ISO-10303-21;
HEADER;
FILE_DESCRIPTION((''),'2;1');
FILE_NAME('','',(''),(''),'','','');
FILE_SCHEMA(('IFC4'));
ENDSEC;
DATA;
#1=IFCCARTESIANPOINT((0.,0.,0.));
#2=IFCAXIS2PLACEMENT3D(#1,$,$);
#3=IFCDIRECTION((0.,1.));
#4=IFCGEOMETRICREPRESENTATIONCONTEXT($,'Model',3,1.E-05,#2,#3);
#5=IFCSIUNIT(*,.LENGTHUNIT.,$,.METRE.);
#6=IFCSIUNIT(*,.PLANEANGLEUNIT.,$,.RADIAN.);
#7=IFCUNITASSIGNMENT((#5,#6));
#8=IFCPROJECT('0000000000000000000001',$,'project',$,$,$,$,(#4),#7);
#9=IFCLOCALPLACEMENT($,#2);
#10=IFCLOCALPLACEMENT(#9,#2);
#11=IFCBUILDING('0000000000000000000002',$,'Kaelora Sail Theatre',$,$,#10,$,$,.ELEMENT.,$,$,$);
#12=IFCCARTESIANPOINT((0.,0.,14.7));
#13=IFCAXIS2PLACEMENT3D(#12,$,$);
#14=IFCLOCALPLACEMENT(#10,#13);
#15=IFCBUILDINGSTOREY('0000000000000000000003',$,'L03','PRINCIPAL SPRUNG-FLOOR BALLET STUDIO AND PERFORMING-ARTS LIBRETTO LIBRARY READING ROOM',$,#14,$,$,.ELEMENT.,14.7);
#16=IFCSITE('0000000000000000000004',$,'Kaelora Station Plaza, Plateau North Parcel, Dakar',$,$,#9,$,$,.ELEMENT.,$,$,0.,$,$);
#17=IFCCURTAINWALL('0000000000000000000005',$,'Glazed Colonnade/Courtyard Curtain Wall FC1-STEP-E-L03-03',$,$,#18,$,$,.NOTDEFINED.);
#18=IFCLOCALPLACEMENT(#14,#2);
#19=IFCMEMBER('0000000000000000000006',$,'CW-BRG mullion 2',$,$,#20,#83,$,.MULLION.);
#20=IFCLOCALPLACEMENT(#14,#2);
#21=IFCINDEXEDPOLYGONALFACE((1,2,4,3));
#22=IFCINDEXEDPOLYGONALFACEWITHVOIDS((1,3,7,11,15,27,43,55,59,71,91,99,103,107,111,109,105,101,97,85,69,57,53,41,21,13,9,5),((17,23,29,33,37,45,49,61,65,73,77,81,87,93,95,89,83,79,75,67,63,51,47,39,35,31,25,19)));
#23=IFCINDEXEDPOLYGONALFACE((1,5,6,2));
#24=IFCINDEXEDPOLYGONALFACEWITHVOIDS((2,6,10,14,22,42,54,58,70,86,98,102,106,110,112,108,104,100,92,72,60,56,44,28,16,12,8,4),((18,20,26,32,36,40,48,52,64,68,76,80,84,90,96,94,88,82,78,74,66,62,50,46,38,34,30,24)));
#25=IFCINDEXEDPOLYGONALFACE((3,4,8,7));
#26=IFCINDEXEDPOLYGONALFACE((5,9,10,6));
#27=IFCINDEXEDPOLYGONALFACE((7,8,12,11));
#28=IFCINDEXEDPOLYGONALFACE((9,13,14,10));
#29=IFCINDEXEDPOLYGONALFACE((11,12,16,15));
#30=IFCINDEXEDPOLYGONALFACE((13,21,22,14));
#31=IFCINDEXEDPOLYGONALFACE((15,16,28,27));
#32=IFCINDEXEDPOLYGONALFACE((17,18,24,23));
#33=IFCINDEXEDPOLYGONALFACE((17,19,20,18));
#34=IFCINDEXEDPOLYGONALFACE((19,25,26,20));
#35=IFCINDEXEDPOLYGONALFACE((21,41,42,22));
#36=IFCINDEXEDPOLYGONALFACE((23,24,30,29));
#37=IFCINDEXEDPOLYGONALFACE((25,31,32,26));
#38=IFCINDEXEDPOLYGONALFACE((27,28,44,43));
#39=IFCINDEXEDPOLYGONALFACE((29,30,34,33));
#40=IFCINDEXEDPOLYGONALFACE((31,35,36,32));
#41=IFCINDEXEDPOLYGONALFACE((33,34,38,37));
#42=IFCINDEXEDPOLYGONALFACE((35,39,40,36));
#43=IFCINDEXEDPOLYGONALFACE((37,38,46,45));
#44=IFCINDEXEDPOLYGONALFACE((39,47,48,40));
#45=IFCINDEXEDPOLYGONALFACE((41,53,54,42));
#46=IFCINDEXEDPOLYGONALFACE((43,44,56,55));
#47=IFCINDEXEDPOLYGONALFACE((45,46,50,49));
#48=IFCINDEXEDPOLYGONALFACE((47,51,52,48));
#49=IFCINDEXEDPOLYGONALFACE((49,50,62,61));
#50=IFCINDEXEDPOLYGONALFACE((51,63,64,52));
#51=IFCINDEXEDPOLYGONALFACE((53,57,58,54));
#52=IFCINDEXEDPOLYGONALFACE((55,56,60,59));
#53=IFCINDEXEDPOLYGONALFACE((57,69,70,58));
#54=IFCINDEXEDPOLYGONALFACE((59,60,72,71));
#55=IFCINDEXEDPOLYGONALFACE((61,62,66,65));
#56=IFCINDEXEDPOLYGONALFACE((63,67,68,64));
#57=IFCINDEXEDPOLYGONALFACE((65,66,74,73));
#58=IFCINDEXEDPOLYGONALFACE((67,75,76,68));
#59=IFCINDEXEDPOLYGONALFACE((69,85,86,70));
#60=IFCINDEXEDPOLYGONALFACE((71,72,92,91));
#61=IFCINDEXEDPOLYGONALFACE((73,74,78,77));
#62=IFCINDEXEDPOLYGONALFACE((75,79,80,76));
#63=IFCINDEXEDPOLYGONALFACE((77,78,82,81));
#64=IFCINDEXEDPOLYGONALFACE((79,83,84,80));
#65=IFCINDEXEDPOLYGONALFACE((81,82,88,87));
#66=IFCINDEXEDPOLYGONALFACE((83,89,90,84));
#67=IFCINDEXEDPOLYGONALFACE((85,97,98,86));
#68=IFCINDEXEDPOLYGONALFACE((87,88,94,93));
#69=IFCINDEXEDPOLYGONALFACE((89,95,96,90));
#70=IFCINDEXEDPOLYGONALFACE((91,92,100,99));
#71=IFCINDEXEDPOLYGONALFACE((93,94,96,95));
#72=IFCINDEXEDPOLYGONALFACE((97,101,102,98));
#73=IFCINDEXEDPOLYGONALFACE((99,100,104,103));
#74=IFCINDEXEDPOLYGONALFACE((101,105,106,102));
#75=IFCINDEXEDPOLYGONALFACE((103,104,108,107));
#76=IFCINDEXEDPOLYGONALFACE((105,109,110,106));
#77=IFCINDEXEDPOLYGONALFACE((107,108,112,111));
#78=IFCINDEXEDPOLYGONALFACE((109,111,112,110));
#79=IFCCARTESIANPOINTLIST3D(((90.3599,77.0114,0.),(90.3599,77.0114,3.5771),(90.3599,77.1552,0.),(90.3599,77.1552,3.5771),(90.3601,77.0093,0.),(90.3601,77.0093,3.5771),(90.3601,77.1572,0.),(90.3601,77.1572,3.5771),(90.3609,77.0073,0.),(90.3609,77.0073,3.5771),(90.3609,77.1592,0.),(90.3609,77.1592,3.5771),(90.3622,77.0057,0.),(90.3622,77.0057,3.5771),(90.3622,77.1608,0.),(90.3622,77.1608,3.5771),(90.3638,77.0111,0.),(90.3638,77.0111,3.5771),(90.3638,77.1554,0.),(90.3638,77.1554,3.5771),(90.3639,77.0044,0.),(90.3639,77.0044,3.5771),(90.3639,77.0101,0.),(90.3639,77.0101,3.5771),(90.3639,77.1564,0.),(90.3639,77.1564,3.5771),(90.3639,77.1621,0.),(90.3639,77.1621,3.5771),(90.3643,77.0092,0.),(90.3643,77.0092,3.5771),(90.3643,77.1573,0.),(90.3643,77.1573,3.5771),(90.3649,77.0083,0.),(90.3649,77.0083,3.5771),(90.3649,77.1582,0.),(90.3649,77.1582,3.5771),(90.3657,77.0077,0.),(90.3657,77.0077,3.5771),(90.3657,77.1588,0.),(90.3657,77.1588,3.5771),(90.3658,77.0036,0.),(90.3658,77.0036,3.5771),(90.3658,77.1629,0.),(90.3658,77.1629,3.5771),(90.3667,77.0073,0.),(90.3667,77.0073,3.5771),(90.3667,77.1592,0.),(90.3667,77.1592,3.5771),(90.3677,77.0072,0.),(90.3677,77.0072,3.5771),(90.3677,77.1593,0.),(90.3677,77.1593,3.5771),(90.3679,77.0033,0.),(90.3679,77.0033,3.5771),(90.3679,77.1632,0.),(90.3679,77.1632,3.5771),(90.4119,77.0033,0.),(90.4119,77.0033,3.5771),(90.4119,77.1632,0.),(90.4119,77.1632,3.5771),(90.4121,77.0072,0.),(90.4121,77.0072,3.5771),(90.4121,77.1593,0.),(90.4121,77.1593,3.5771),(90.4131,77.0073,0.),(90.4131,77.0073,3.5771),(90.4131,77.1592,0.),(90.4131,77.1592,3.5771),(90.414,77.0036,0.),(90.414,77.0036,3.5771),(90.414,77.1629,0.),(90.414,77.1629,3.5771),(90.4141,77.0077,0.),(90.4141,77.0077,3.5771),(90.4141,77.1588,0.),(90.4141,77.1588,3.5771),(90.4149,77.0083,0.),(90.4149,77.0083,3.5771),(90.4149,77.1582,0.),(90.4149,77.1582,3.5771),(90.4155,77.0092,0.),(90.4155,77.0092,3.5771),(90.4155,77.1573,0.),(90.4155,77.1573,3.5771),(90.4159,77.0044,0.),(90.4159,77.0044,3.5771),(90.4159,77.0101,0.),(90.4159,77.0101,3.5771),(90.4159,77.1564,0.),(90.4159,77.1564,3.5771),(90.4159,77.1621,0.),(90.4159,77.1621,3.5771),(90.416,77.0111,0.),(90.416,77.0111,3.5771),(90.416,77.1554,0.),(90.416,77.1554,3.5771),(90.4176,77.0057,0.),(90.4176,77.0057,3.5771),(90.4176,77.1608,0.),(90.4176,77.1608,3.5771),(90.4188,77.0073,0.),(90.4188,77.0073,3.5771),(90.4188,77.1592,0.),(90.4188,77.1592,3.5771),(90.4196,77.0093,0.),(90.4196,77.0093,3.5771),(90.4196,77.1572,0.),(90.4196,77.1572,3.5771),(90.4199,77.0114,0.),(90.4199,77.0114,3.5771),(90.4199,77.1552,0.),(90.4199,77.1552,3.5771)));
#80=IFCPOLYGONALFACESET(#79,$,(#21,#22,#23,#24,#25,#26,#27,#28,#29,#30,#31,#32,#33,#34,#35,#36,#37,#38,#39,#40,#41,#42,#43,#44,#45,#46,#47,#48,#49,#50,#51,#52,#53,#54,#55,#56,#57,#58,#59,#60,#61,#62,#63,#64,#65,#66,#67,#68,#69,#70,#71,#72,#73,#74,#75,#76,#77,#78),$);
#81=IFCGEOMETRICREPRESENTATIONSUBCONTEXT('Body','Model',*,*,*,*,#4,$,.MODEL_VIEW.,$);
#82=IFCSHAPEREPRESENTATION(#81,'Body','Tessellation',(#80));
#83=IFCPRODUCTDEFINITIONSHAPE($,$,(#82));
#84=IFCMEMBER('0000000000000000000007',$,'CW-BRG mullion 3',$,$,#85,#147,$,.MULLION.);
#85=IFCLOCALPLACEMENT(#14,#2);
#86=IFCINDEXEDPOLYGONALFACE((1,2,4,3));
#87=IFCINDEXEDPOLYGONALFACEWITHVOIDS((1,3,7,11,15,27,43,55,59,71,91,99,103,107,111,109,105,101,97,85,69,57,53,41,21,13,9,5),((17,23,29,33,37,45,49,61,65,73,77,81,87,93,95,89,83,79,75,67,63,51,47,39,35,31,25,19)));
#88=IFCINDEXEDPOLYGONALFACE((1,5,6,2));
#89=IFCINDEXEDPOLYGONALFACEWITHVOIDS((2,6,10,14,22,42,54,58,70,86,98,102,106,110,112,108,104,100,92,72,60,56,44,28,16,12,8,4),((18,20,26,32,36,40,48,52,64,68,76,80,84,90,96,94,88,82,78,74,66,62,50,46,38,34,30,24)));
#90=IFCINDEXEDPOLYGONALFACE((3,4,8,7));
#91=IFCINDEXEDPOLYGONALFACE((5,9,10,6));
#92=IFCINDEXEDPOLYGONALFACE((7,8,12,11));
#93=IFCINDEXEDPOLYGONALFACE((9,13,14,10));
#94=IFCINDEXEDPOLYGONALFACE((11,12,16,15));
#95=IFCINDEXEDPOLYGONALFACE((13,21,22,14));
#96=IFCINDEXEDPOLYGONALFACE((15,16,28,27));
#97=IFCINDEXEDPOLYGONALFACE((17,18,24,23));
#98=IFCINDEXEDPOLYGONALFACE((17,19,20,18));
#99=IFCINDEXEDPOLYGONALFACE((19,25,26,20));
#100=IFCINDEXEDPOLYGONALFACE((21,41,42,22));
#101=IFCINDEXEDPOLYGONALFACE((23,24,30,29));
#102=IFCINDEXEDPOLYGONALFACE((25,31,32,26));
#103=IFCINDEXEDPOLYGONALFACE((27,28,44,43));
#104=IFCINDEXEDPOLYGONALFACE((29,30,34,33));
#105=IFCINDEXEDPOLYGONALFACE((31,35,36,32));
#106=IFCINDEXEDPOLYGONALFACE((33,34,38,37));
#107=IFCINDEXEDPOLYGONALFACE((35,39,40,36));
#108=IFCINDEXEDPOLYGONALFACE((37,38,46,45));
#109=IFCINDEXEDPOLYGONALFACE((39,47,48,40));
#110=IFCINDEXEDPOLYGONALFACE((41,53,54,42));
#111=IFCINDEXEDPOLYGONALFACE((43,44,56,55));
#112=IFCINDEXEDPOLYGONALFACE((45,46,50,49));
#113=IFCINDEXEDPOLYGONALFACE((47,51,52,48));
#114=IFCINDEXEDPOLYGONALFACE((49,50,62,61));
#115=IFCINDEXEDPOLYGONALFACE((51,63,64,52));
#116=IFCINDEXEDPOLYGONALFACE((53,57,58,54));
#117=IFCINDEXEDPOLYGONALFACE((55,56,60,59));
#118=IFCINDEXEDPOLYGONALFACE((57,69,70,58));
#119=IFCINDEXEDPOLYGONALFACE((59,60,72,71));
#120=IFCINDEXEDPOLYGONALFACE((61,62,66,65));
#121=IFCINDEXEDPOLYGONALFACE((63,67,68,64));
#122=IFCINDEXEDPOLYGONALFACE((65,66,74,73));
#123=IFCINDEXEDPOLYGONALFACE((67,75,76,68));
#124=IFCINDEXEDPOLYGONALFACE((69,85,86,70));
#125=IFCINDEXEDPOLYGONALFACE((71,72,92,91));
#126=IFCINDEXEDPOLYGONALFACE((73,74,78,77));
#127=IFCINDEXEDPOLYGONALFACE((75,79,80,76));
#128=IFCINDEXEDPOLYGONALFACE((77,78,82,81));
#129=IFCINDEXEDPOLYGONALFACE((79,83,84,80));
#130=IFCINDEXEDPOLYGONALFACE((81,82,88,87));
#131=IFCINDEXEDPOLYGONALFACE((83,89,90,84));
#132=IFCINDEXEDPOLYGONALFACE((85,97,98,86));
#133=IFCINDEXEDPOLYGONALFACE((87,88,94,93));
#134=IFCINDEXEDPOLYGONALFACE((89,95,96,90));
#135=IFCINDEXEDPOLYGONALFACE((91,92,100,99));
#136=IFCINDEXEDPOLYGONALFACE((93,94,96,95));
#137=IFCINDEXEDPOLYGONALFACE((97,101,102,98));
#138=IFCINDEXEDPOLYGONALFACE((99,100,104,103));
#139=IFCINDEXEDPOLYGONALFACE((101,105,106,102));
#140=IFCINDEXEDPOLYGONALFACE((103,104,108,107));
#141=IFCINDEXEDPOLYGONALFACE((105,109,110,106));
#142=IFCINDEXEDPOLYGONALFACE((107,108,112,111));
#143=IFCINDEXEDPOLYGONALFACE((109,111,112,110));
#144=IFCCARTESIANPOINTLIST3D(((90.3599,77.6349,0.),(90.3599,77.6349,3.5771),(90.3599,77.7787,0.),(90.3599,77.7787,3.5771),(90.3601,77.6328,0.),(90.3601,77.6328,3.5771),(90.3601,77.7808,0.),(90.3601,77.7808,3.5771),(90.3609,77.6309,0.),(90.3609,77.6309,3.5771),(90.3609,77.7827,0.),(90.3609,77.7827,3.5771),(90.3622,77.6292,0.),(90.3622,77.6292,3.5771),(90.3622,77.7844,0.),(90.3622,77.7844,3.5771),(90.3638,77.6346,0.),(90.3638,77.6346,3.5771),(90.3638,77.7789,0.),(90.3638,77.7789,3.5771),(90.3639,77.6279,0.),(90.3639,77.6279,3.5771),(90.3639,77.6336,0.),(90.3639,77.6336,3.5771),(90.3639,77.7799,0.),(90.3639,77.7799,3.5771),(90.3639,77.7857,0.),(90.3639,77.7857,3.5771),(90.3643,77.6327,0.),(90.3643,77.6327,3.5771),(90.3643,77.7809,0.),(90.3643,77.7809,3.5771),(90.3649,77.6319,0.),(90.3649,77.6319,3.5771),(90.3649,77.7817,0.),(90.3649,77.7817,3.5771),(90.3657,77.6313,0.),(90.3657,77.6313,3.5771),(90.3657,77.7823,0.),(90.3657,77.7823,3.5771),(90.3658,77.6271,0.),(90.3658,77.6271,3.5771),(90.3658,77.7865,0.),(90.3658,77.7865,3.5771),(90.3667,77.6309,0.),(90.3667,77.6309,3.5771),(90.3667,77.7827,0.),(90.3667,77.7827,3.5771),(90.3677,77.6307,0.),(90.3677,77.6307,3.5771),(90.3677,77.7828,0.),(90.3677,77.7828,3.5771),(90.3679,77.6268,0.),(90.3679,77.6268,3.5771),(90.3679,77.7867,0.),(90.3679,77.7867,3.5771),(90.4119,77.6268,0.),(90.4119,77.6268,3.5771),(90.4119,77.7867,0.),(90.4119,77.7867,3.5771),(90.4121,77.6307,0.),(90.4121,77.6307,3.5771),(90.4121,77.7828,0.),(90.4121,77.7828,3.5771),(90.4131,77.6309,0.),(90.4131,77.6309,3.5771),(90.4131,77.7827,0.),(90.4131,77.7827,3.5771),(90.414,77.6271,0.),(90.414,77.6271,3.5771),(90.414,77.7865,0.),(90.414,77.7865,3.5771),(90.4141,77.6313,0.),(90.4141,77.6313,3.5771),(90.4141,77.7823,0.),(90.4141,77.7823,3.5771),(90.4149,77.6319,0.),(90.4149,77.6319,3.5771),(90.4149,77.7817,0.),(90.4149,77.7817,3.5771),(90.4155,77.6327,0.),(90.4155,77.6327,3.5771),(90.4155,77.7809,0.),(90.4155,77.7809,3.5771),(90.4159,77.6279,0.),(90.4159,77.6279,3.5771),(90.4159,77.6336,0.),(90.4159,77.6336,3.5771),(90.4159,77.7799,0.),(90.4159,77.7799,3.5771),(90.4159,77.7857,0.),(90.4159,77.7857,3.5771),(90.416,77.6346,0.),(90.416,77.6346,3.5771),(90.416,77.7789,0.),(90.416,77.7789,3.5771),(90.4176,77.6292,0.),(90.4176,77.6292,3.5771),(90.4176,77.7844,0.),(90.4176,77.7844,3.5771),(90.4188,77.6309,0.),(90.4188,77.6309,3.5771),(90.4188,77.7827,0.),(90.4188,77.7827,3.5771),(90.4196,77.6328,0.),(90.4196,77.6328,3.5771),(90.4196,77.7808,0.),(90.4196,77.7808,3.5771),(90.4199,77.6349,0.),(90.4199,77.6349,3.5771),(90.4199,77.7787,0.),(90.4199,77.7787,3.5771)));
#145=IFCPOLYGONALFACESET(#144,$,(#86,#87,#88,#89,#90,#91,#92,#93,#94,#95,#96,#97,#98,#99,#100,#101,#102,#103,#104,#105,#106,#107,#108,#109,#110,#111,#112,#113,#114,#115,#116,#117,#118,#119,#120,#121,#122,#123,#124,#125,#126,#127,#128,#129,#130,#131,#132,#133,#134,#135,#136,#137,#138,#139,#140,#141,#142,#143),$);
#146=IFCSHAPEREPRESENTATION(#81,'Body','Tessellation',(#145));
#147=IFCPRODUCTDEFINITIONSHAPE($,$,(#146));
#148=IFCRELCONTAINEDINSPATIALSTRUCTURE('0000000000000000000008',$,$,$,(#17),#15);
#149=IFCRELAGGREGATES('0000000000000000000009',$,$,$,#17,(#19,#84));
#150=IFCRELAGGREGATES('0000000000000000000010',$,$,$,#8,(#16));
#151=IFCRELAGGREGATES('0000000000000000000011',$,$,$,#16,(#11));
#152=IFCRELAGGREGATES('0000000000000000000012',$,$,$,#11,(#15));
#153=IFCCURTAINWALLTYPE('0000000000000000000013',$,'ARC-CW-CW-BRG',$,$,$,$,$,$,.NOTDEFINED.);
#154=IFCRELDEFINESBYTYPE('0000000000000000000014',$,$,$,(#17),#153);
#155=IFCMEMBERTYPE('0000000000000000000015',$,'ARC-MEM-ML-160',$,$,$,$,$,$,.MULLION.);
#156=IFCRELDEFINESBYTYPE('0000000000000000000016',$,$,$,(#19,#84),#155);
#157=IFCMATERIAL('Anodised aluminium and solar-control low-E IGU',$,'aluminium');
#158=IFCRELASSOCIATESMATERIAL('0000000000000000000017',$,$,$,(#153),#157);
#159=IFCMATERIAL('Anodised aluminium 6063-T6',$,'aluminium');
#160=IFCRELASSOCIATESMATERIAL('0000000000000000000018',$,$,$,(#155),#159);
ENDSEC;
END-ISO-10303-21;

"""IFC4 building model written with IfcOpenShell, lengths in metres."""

from ifc_helpers import new_model, si_unit, direction, frame, origin, origin_2d, place, context, subcontext, project, spatial, hollow_rectangle, extrude, material, material_profile, profile_set, type_object, element, aggregate, save


model = new_model("IFC4")

# Units and contexts
model_context = context("Model", 3, precision=1e-05, world=origin(), true_north=direction((0.0, 1.0)))
body_context = subcontext(model_context, "Body", "Model", "MODEL_VIEW")
ifc_project = project(units=[si_unit("LENGTHUNIT", "METRE"), si_unit("PLANEANGLEUNIT", "RADIAN")], contexts=[model_context])

# Site, building, storey
site_placement = place(None, origin())
site = spatial("IfcSite", under=ifc_project, at=site_placement, Name="Kaelora Station Plaza, Plateau North Parcel, Dakar", CompositionType="ELEMENT", RefElevation=0.0)
building_placement = place(site_placement, origin())
building = spatial("IfcBuilding", under=site, at=building_placement, Name="Kaelora Sail Theatre", CompositionType="ELEMENT")
storey_placement = place(building_placement, frame((0.0, 0.0, 14.7)))
storey = spatial("IfcBuildingStorey", under=building, at=storey_placement, Name="L03", Description="PRINCIPAL SPRUNG-FLOOR BALLET STUDIO AND PERFORMING-ARTS LIBRETTO LIBRARY READING ROOM", CompositionType="ELEMENT", Elevation=14.7)

# Curtain wall, members
ifc_material_1 = material(Name="Anodised aluminium and solar-control low-E IGU", Category="aluminium")
curtain_wall_type = type_object("IfcCurtainWallType", Name="ARC-CW-CW-BRG", PredefinedType="NOTDEFINED", material=ifc_material_1)
curtain_wall_placement = place(storey_placement, origin())
curtain_wall = element("IfcCurtainWall", 1, at=curtain_wall_placement, inside=storey, type_object=curtain_wall_type, Name="Glazed Colonnade/Courtyard Curtain Wall FC1-STEP-E-L03-03", PredefinedType="NOTDEFINED")
ifc_material_2 = material(Name="Anodised aluminium 6063-T6", Category="aluminium")
ifc_material_profile_1 = material_profile(ifc_material_2, hollow_rectangle(XDim=0.0601, YDim=0.1599, WallThickness=0.0039, InnerFilletRadius=0.0039, OuterFilletRadius=0.0081, at=origin_2d()), Name="ALU-MULL 60x160x4")
ifc_profile_set_1 = profile_set([ifc_material_profile_1], Name="Anodised aluminium 6063-T6")
member_type_1 = type_object("IfcMemberType", Name="ARC-MEM-ML-160", PredefinedType="MULLION", material=ifc_profile_set_1)
member_1_placement = place(storey_placement, frame((90.3899, 77.0833, 0.0), z_axis=(0.0, 0.0, 1.0), x_axis=(-1.0, 0.0, 0.0)))
member_1 = element("IfcMember", 2, at=member_1_placement, type_object=member_type_1, Name="CW-BRG mullion 2", PredefinedType="MULLION", context=body_context, shape_type="SweptSolid", body=[
    extrude(hollow_rectangle(XDim=0.0601, YDim=0.1599, WallThickness=0.0039, InnerFilletRadius=0.0039, OuterFilletRadius=0.0081, at=origin_2d()), origin(), (0.0, 0.0, 1.0), 3.5771),
])
member_2_placement = place(storey_placement, frame((90.3899, 77.7068, 0.0), z_axis=(0.0, 0.0, 1.0), x_axis=(-1.0, 0.0, 0.0)))
member_2 = element("IfcMember", 3, at=member_2_placement, type_object=member_type_1, Name="CW-BRG mullion 3", PredefinedType="MULLION", context=body_context, shape_type="SweptSolid", body=[
    extrude(hollow_rectangle(XDim=0.0601, YDim=0.1599, WallThickness=0.0039, InnerFilletRadius=0.0039, OuterFilletRadius=0.0081, at=origin_2d()), origin(), (0.0, 0.0, 1.0), 3.5771),
])
aggregate(curtain_wall, [member_1, member_2])

save(model, "model.ifc")
